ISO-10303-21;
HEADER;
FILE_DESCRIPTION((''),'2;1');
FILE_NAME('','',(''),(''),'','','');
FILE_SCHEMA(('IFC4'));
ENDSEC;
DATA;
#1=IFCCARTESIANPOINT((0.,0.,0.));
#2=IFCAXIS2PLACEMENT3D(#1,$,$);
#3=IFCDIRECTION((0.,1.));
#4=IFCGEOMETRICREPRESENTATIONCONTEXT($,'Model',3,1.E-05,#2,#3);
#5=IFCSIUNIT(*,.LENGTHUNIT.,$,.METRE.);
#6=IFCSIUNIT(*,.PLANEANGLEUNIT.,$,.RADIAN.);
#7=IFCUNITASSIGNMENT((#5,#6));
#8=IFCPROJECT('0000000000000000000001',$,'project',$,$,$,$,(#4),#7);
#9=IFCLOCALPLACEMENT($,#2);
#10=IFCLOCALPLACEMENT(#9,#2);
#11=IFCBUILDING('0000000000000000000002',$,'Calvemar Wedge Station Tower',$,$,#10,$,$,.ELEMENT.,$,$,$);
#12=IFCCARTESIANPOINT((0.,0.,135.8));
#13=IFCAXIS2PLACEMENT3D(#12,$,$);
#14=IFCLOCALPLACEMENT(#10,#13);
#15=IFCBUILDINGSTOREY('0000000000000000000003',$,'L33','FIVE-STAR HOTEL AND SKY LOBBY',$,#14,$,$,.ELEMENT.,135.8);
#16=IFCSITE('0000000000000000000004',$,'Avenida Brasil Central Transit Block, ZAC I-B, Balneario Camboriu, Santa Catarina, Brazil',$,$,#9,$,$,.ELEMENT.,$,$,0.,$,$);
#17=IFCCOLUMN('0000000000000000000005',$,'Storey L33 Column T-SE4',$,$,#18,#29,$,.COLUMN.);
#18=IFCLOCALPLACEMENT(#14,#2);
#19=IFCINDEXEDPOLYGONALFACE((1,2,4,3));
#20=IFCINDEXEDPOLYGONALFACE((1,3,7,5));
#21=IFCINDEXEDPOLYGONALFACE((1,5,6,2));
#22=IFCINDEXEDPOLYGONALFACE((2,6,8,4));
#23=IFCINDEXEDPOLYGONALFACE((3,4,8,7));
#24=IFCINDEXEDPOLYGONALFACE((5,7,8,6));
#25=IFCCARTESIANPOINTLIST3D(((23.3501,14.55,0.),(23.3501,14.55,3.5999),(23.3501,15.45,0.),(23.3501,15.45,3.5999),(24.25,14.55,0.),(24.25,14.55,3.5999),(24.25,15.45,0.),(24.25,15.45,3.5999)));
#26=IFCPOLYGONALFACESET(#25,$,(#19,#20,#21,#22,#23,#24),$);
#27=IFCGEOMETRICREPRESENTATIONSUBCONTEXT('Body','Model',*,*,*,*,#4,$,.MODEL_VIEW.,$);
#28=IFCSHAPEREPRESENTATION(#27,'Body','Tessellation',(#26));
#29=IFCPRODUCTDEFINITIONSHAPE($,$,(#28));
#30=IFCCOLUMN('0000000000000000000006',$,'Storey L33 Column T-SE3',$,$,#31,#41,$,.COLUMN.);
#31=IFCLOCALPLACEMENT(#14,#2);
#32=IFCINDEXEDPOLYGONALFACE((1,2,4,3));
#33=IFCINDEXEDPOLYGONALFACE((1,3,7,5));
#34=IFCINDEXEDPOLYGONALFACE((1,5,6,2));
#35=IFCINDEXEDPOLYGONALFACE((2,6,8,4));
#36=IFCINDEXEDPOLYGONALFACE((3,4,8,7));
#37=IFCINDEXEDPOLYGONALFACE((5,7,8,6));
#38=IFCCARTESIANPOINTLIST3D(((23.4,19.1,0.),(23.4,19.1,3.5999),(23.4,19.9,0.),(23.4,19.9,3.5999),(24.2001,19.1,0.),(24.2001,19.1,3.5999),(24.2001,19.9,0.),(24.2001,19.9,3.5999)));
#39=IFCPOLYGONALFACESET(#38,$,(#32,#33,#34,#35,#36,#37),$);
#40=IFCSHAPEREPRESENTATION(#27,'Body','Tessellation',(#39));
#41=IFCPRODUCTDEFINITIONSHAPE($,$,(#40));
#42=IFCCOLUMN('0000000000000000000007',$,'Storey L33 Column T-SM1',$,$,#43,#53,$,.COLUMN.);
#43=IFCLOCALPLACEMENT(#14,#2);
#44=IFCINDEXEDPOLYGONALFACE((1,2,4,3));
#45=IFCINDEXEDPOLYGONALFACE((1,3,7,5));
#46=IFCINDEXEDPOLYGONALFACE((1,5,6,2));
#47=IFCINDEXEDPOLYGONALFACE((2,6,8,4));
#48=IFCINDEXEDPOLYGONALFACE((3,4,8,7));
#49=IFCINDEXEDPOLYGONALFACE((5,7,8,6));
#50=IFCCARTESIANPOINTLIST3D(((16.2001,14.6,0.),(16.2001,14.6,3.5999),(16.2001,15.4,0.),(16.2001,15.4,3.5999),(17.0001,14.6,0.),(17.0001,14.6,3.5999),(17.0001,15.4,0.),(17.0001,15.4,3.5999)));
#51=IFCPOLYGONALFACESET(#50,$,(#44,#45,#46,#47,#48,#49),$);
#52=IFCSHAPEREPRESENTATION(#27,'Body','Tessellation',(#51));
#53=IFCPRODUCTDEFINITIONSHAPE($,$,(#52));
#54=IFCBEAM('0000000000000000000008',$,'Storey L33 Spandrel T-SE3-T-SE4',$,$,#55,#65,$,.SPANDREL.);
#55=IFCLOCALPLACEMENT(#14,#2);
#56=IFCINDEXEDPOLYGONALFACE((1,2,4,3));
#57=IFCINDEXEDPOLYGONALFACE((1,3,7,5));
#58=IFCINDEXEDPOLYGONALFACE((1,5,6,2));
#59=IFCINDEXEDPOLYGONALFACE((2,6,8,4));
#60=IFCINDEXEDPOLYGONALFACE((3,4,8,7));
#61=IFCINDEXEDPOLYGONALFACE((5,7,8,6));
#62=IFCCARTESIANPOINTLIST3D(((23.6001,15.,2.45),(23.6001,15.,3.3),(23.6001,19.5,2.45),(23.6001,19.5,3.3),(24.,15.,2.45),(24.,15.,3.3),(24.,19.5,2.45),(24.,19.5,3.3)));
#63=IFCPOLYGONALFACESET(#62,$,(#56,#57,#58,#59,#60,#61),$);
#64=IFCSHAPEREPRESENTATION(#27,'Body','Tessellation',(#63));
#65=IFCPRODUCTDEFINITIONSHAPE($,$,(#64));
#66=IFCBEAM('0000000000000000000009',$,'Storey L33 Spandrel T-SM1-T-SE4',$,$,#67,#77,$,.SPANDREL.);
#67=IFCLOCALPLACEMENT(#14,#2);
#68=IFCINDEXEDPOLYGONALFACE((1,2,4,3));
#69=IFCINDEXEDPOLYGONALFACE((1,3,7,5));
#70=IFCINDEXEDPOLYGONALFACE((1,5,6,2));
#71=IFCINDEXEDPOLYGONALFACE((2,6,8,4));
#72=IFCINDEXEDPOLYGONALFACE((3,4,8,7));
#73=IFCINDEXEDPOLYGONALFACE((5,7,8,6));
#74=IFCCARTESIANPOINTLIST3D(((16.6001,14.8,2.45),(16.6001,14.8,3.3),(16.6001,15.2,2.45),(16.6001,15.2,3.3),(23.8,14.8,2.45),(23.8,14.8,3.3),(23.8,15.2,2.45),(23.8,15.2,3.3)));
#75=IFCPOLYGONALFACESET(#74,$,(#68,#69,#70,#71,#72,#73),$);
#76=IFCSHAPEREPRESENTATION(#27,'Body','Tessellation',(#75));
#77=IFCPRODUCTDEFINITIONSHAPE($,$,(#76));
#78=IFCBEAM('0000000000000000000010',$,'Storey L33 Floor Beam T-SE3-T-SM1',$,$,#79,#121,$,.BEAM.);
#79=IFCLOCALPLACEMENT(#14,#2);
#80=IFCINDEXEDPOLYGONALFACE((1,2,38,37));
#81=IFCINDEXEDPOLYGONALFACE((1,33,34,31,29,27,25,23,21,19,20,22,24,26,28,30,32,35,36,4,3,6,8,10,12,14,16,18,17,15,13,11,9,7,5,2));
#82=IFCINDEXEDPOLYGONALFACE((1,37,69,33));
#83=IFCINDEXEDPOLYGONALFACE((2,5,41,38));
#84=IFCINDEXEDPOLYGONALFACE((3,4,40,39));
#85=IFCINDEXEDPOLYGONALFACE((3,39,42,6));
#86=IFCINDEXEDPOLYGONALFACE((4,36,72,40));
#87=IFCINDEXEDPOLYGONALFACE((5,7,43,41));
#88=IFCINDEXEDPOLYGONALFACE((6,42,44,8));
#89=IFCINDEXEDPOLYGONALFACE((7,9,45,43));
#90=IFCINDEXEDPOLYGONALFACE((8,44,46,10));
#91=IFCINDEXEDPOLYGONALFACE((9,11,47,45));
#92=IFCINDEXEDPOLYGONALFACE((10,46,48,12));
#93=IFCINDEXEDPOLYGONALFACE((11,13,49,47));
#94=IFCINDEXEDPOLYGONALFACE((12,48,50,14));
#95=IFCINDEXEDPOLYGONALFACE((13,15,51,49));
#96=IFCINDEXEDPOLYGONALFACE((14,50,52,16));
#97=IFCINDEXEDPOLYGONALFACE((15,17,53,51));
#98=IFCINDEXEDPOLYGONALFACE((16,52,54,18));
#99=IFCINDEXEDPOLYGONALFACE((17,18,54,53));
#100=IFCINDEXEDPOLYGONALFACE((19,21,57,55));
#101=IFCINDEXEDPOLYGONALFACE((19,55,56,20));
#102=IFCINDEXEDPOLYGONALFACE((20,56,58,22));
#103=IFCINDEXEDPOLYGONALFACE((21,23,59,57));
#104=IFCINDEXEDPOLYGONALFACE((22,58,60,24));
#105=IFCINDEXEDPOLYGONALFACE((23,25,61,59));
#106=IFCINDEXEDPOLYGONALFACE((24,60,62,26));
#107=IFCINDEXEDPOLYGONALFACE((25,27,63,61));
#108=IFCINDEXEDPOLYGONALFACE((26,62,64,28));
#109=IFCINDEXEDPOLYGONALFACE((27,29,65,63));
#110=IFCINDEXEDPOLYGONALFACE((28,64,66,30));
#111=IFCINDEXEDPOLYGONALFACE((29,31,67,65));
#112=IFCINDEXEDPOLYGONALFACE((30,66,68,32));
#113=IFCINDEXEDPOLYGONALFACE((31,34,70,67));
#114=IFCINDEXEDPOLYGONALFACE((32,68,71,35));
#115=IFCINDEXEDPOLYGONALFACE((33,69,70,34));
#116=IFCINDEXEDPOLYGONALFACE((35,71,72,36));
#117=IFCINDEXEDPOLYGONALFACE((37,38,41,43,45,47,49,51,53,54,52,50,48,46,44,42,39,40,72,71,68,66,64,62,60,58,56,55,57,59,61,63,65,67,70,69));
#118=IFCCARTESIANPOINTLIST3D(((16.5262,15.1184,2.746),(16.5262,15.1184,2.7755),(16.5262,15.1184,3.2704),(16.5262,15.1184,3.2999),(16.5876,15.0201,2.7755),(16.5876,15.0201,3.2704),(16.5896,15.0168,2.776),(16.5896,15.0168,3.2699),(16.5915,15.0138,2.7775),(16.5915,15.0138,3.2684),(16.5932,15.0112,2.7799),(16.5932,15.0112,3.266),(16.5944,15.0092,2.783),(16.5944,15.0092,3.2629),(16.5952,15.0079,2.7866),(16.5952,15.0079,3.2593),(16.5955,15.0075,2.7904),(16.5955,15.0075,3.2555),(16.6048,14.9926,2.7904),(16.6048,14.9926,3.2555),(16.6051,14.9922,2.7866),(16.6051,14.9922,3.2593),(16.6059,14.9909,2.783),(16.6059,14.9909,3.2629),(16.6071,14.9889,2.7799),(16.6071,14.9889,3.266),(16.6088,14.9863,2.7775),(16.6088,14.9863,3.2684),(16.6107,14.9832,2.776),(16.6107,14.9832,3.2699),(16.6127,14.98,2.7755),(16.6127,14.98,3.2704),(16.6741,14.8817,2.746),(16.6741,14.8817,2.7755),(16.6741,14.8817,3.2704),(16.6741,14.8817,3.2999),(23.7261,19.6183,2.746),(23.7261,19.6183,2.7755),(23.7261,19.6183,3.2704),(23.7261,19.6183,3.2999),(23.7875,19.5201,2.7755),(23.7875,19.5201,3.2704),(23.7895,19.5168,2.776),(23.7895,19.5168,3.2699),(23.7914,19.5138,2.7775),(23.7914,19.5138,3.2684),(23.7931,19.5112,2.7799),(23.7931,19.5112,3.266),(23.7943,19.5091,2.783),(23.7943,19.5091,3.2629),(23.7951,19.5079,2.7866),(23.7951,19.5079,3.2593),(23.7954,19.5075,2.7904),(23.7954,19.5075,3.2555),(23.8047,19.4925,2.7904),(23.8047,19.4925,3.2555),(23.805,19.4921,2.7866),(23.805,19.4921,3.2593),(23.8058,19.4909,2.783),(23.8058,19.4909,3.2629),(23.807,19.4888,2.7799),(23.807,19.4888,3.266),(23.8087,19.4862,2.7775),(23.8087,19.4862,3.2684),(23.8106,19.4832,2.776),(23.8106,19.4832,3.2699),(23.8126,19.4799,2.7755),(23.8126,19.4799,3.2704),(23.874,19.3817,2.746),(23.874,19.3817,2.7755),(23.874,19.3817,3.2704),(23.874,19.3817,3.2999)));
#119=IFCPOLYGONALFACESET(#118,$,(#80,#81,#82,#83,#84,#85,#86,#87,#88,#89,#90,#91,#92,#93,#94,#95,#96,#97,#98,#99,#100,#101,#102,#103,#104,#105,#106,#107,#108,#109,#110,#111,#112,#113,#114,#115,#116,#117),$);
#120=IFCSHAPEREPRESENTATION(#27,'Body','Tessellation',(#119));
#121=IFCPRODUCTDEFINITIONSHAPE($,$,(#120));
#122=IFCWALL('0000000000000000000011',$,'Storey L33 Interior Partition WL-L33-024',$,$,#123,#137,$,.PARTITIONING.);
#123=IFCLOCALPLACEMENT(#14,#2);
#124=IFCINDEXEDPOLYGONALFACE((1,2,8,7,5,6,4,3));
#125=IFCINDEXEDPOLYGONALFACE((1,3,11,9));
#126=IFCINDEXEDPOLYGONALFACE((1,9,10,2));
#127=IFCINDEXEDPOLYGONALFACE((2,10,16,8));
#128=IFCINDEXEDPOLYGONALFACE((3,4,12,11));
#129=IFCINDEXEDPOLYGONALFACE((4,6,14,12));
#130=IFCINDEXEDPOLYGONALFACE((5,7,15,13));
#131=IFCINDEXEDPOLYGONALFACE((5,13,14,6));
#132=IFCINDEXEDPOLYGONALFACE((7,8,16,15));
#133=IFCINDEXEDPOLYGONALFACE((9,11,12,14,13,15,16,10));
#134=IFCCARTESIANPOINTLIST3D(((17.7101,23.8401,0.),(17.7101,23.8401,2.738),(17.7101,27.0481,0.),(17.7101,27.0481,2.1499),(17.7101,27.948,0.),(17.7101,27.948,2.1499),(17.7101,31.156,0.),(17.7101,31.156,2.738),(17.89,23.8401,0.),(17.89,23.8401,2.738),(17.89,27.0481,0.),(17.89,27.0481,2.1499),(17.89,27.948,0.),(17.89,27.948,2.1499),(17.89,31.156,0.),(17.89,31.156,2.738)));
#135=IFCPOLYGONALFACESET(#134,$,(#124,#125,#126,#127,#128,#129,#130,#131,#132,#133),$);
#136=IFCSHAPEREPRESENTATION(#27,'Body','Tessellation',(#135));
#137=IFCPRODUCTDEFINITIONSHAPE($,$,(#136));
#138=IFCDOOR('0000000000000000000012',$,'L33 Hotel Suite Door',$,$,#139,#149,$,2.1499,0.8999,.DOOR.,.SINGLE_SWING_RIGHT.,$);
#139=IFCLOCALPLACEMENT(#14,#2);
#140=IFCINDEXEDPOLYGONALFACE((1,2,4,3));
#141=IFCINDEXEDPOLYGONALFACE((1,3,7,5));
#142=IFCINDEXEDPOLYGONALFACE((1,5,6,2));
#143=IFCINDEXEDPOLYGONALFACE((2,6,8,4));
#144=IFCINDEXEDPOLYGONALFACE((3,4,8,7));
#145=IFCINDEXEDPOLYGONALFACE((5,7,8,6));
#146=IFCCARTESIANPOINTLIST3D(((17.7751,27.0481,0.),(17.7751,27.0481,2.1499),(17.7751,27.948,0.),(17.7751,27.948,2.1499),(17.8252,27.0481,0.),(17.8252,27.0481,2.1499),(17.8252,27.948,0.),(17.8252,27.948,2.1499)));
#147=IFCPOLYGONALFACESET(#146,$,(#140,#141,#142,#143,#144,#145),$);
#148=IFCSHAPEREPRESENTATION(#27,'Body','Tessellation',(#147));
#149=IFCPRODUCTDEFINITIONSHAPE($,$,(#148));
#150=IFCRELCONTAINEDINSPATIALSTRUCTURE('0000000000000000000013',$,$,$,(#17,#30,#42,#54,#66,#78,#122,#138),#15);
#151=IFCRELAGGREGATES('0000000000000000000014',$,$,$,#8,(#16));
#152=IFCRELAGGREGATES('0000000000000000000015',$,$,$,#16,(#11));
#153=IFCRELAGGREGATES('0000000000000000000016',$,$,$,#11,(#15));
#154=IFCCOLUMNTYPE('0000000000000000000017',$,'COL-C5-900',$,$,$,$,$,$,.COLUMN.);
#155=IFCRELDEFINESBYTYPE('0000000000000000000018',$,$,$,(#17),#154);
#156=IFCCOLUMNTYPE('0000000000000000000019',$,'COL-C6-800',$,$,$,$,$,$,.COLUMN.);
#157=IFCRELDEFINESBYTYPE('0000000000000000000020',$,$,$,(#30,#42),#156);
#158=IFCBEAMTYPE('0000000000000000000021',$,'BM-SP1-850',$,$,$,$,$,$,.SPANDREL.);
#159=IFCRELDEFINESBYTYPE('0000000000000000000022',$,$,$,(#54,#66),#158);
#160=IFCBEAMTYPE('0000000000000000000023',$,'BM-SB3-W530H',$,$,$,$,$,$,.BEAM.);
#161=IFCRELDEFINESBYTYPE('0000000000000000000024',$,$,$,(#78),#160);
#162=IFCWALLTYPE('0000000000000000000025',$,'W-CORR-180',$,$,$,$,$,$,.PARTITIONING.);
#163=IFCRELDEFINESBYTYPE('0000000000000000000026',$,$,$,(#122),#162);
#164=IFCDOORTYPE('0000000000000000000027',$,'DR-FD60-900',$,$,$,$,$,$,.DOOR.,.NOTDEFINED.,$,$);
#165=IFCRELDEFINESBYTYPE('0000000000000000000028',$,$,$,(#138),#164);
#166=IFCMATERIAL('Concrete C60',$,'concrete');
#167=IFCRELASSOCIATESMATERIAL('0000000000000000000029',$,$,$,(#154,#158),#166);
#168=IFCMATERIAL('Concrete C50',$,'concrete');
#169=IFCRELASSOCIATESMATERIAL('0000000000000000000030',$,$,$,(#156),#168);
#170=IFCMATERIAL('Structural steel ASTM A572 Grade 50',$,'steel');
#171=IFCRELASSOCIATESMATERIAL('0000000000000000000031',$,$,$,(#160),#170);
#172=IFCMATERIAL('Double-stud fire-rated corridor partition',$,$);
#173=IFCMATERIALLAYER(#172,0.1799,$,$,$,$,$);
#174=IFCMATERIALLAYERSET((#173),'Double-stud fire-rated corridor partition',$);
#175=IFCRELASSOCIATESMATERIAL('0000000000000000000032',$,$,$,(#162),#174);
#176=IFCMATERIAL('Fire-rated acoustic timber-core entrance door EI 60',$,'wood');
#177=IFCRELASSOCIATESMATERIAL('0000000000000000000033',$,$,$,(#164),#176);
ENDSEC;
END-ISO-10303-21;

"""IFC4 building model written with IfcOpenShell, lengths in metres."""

from ifc_helpers import new_model, si_unit, direction, frame, frame_2d, origin, origin_2d, place, context, subcontext, project, spatial, rectangle, i_section, extrude, source, transform, mapped, material, layer, layer_set, material_profile, profile_set, type_object, element, fill, save


model = new_model("IFC4")

# Units and contexts
model_context = context("Model", 3, precision=1e-05, world=origin(), true_north=direction((0.0, 1.0)))
body_context = subcontext(model_context, "Body", "Model", "MODEL_VIEW")
ifc_project = project(units=[si_unit("LENGTHUNIT", "METRE"), si_unit("PLANEANGLEUNIT", "RADIAN")], contexts=[model_context])

# Site, building, storey
site_placement = place(None, origin())
site = spatial("IfcSite", under=ifc_project, at=site_placement, Name="Avenida Brasil Central Transit Block, ZAC I-B, Balneario Camboriu, Santa Catarina, Brazil", CompositionType="ELEMENT", RefElevation=0.0)
building_placement = place(site_placement, origin())
building = spatial("IfcBuilding", under=site, at=building_placement, Name="Calvemar Wedge Station Tower", CompositionType="ELEMENT")
storey_placement = place(building_placement, frame((0.0, 0.0, 135.8)))
storey = spatial("IfcBuildingStorey", under=building, at=storey_placement, Name="L33", Description="FIVE-STAR HOTEL AND SKY LOBBY", CompositionType="ELEMENT", Elevation=135.8)

# Columns
ifc_material_1 = material(Name="Concrete C60", Category="concrete")
ifc_material_profile_1 = material_profile(ifc_material_1, rectangle(XDim=0.8999, YDim=0.8999, at=origin_2d()), Name="RC900x900")
ifc_profile_set_1 = profile_set([ifc_material_profile_1], Name="Concrete C60")
column_type_1 = type_object("IfcColumnType", Name="COL-C5-900", PredefinedType="COLUMN", material=ifc_profile_set_1)
shared_shape_1 = source(origin(), body_context, "Body", "SweptSolid", [
    extrude(rectangle(XDim=0.8999, YDim=0.8999, at=origin_2d()), origin(), (0.0, 0.0, 1.0), 3.5999),
])
column_placement = place(storey_placement, frame((23.8, 15.0, 0.0), z_axis=(0.0, 0.0, 1.0), x_axis=(1.0, 0.0, 0.0)))
element("IfcColumn", 1, at=column_placement, inside=storey, type_object=column_type_1, Name="Storey L33 Column T-SE4", PredefinedType="COLUMN", context=body_context, shape_type="MappedRepresentation", body=[
    mapped(shared_shape_1, transform((0.0, 0.0, 0.0), scale=1.0)),
])
ifc_material_2 = material(Name="Concrete C50", Category="concrete")
ifc_material_profile_2 = material_profile(ifc_material_2, rectangle(XDim=0.8, YDim=0.8, at=origin_2d()), Name="RC800x800")
ifc_profile_set_2 = profile_set([ifc_material_profile_2], Name="Concrete C50")
column_type_2 = type_object("IfcColumnType", Name="COL-C6-800", PredefinedType="COLUMN", material=ifc_profile_set_2)
shared_shape_2 = source(origin(), body_context, "Body", "SweptSolid", [
    extrude(rectangle(XDim=0.8, YDim=0.8, at=origin_2d()), origin(), (0.0, 0.0, 1.0), 3.5999),
])
for number, where, z_axis, x_axis, name in (
    (2, (23.8, 19.5, 0.0), (0.0, 0.0, 1.0), (1.0, 0.0, 0.0), "Storey L33 Column T-SE3"),
    (3, (16.6001, 15.0, 0.0), (0.0, 0.0, 1.0), (1.0, 0.0, 0.0), "Storey L33 Column T-SM1"),
):
    element("IfcColumn", number, at=place(storey_placement, frame(where, z_axis=z_axis, x_axis=x_axis)), inside=storey, type_object=column_type_2, Name=name, PredefinedType="COLUMN", context=body_context, shape_type="MappedRepresentation", body=[
        mapped(shared_shape_2, transform((0.0, 0.0, 0.0), scale=1.0)),
    ])

# Beams
ifc_material_profile_3 = material_profile(ifc_material_1, rectangle(XDim=0.3999, YDim=0.8501, at=origin_2d()), Name="RC400x850")
ifc_profile_set_3 = profile_set([ifc_material_profile_3], Name="Concrete C60")
beam_type_1 = type_object("IfcBeamType", Name="BM-SP1-850", PredefinedType="SPANDREL", material=ifc_profile_set_3)
shared_shape_3 = source(origin(), body_context, "Body", "SweptSolid", [
    extrude(rectangle(XDim=0.3999, YDim=0.8501, at=origin_2d()), origin(), (0.0, 0.0, 1.0), 4.5),
])
beam_1_placement = place(storey_placement, frame((23.8, 19.5, 2.875), z_axis=(0.0, -1.0, 0.0), x_axis=(1.0, 0.0, 0.0)))
element("IfcBeam", 4, at=beam_1_placement, inside=storey, type_object=beam_type_1, Name="Storey L33 Spandrel T-SE3-T-SE4", PredefinedType="SPANDREL", context=body_context, shape_type="MappedRepresentation", body=[
    mapped(shared_shape_3, transform((0.0, 0.0, 0.0), scale=1.0)),
])
shared_shape_4 = source(origin(), body_context, "Body", "SweptSolid", [
    extrude(rectangle(XDim=0.3999, YDim=0.8501, at=origin_2d()), origin(), (0.0, 0.0, 1.0), 7.2),
])
beam_2_placement = place(storey_placement, frame((16.6001, 15.0, 2.875), z_axis=(1.0, 0.0, 0.0), x_axis=(0.0, 1.0, 0.0)))
element("IfcBeam", 5, at=beam_2_placement, inside=storey, type_object=beam_type_1, Name="Storey L33 Spandrel T-SM1-T-SE4", PredefinedType="SPANDREL", context=body_context, shape_type="MappedRepresentation", body=[
    mapped(shared_shape_4, transform((0.0, 0.0, 0.0), scale=1.0)),
])
ifc_material_3 = material(Name="Structural steel ASTM A572 Grade 50", Category="steel")
ifc_material_profile_4 = material_profile(ifc_material_3, i_section(OverallWidth=0.2791, OverallDepth=0.554, WebThickness=0.0176, FlangeThickness=0.0295, FilletRadius=0.0149, at=origin_2d()), Name="W530x196")
ifc_profile_set_4 = profile_set([ifc_material_profile_4], Name="Structural steel ASTM A572 Grade 50")
beam_type_2 = type_object("IfcBeamType", Name="BM-SB3-W530H", PredefinedType="BEAM", material=ifc_profile_set_4)
shared_shape_5 = source(origin(), body_context, "Body", "SweptSolid", [
    extrude(i_section(OverallWidth=0.2791, OverallDepth=0.554, WebThickness=0.0176, FlangeThickness=0.0295, FilletRadius=0.0149, at=origin_2d()), origin(), (0.0, 0.0, 1.0), 8.4905),
])
beam_3_placement = place(storey_placement, frame((23.8, 19.5, 3.0229), z_axis=(-0.847997, -0.530002, 0.0), x_axis=(0.530002, -0.847997, 0.0)))
element("IfcBeam", 6, at=beam_3_placement, inside=storey, type_object=beam_type_2, Name="Storey L33 Floor Beam T-SE3-T-SM1", PredefinedType="BEAM", context=body_context, shape_type="MappedRepresentation", body=[
    mapped(shared_shape_5, transform((0.0, 0.0, 0.0), scale=1.0)),
])

# Wall, opening, door
ifc_material_4 = material(Name="Double-stud fire-rated corridor partition")
ifc_layer_1 = layer(ifc_material_4, 0.1799)
ifc_layer_set_1 = layer_set([ifc_layer_1], Name="Double-stud fire-rated corridor partition")
wall_type_1 = type_object("IfcWallType", Name="W-CORR-180", PredefinedType="PARTITIONING", material=ifc_layer_set_1)
wall_1_placement = place(storey_placement, frame((17.8, 23.8401, 0.0), z_axis=(0.0, 0.0, 1.0), x_axis=(0.0, 1.0, 0.0)))
wall_1 = element("IfcWall", 7, at=wall_1_placement, inside=storey, type_object=wall_type_1, Name="Storey L33 Interior Partition WL-L33-024", PredefinedType="PARTITIONING", context=body_context, shape_type="SweptSolid", body=[
    extrude(rectangle(XDim=7.3159, YDim=0.1799, at=frame_2d((3.658, 0.0))), origin(), (0.0, 0.0, 1.0), 2.738),
])
shared_shape_6 = source(origin(), body_context, "Body", "SweptSolid", [
    extrude(rectangle(XDim=0.8999, YDim=2.1499, at=frame_2d((0.45, 1.075))), frame((0.0, 0.1001, 0.0), z_axis=(0.0, -1.0, 0.0), x_axis=(1.0, 0.0, 0.0)), (0.0, 0.0, 1.0), 0.2),
])
opening_1_placement = place(wall_1_placement, frame((3.208, 0.0, 0.0)))
opening_1 = element("IfcOpeningElement", 8, at=opening_1_placement, cuts=wall_1, PredefinedType="OPENING", context=body_context, shape_type="MappedRepresentation", body=[
    mapped(shared_shape_6, transform((0.0, 0.0, 0.0), scale=1.0)),
])
ifc_material_5 = material(Name="Fire-rated acoustic timber-core entrance door EI 60", Category="wood")
door_type_1 = type_object("IfcDoorType", Name="DR-FD60-900", OperationType="NOTDEFINED", PredefinedType="DOOR", material=ifc_material_5)
shared_shape_7 = source(origin(), body_context, "Body", "SweptSolid", [
    extrude(rectangle(XDim=0.8999, YDim=2.1499, at=frame_2d((0.45, 1.075))), frame((0.0, 0.0249, 0.0), z_axis=(0.0, -1.0, 0.0), x_axis=(1.0, 0.0, 0.0)), (0.0, 0.0, 1.0), 0.05),
])
door_1_placement = place(opening_1_placement, origin())
door_1 = element("IfcDoor", 9, at=door_1_placement, inside=storey, type_object=door_type_1, Name="L33 Hotel Suite Door", OperationType="SINGLE_SWING_RIGHT", OverallHeight=2.1499, OverallWidth=0.8999, PredefinedType="DOOR", context=body_context, shape_type="MappedRepresentation", body=[
    mapped(shared_shape_7, transform((0.0, 0.0, 0.0), scale=1.0)),
])
fill(opening_1, door_1)

save(model, "model.ifc")
